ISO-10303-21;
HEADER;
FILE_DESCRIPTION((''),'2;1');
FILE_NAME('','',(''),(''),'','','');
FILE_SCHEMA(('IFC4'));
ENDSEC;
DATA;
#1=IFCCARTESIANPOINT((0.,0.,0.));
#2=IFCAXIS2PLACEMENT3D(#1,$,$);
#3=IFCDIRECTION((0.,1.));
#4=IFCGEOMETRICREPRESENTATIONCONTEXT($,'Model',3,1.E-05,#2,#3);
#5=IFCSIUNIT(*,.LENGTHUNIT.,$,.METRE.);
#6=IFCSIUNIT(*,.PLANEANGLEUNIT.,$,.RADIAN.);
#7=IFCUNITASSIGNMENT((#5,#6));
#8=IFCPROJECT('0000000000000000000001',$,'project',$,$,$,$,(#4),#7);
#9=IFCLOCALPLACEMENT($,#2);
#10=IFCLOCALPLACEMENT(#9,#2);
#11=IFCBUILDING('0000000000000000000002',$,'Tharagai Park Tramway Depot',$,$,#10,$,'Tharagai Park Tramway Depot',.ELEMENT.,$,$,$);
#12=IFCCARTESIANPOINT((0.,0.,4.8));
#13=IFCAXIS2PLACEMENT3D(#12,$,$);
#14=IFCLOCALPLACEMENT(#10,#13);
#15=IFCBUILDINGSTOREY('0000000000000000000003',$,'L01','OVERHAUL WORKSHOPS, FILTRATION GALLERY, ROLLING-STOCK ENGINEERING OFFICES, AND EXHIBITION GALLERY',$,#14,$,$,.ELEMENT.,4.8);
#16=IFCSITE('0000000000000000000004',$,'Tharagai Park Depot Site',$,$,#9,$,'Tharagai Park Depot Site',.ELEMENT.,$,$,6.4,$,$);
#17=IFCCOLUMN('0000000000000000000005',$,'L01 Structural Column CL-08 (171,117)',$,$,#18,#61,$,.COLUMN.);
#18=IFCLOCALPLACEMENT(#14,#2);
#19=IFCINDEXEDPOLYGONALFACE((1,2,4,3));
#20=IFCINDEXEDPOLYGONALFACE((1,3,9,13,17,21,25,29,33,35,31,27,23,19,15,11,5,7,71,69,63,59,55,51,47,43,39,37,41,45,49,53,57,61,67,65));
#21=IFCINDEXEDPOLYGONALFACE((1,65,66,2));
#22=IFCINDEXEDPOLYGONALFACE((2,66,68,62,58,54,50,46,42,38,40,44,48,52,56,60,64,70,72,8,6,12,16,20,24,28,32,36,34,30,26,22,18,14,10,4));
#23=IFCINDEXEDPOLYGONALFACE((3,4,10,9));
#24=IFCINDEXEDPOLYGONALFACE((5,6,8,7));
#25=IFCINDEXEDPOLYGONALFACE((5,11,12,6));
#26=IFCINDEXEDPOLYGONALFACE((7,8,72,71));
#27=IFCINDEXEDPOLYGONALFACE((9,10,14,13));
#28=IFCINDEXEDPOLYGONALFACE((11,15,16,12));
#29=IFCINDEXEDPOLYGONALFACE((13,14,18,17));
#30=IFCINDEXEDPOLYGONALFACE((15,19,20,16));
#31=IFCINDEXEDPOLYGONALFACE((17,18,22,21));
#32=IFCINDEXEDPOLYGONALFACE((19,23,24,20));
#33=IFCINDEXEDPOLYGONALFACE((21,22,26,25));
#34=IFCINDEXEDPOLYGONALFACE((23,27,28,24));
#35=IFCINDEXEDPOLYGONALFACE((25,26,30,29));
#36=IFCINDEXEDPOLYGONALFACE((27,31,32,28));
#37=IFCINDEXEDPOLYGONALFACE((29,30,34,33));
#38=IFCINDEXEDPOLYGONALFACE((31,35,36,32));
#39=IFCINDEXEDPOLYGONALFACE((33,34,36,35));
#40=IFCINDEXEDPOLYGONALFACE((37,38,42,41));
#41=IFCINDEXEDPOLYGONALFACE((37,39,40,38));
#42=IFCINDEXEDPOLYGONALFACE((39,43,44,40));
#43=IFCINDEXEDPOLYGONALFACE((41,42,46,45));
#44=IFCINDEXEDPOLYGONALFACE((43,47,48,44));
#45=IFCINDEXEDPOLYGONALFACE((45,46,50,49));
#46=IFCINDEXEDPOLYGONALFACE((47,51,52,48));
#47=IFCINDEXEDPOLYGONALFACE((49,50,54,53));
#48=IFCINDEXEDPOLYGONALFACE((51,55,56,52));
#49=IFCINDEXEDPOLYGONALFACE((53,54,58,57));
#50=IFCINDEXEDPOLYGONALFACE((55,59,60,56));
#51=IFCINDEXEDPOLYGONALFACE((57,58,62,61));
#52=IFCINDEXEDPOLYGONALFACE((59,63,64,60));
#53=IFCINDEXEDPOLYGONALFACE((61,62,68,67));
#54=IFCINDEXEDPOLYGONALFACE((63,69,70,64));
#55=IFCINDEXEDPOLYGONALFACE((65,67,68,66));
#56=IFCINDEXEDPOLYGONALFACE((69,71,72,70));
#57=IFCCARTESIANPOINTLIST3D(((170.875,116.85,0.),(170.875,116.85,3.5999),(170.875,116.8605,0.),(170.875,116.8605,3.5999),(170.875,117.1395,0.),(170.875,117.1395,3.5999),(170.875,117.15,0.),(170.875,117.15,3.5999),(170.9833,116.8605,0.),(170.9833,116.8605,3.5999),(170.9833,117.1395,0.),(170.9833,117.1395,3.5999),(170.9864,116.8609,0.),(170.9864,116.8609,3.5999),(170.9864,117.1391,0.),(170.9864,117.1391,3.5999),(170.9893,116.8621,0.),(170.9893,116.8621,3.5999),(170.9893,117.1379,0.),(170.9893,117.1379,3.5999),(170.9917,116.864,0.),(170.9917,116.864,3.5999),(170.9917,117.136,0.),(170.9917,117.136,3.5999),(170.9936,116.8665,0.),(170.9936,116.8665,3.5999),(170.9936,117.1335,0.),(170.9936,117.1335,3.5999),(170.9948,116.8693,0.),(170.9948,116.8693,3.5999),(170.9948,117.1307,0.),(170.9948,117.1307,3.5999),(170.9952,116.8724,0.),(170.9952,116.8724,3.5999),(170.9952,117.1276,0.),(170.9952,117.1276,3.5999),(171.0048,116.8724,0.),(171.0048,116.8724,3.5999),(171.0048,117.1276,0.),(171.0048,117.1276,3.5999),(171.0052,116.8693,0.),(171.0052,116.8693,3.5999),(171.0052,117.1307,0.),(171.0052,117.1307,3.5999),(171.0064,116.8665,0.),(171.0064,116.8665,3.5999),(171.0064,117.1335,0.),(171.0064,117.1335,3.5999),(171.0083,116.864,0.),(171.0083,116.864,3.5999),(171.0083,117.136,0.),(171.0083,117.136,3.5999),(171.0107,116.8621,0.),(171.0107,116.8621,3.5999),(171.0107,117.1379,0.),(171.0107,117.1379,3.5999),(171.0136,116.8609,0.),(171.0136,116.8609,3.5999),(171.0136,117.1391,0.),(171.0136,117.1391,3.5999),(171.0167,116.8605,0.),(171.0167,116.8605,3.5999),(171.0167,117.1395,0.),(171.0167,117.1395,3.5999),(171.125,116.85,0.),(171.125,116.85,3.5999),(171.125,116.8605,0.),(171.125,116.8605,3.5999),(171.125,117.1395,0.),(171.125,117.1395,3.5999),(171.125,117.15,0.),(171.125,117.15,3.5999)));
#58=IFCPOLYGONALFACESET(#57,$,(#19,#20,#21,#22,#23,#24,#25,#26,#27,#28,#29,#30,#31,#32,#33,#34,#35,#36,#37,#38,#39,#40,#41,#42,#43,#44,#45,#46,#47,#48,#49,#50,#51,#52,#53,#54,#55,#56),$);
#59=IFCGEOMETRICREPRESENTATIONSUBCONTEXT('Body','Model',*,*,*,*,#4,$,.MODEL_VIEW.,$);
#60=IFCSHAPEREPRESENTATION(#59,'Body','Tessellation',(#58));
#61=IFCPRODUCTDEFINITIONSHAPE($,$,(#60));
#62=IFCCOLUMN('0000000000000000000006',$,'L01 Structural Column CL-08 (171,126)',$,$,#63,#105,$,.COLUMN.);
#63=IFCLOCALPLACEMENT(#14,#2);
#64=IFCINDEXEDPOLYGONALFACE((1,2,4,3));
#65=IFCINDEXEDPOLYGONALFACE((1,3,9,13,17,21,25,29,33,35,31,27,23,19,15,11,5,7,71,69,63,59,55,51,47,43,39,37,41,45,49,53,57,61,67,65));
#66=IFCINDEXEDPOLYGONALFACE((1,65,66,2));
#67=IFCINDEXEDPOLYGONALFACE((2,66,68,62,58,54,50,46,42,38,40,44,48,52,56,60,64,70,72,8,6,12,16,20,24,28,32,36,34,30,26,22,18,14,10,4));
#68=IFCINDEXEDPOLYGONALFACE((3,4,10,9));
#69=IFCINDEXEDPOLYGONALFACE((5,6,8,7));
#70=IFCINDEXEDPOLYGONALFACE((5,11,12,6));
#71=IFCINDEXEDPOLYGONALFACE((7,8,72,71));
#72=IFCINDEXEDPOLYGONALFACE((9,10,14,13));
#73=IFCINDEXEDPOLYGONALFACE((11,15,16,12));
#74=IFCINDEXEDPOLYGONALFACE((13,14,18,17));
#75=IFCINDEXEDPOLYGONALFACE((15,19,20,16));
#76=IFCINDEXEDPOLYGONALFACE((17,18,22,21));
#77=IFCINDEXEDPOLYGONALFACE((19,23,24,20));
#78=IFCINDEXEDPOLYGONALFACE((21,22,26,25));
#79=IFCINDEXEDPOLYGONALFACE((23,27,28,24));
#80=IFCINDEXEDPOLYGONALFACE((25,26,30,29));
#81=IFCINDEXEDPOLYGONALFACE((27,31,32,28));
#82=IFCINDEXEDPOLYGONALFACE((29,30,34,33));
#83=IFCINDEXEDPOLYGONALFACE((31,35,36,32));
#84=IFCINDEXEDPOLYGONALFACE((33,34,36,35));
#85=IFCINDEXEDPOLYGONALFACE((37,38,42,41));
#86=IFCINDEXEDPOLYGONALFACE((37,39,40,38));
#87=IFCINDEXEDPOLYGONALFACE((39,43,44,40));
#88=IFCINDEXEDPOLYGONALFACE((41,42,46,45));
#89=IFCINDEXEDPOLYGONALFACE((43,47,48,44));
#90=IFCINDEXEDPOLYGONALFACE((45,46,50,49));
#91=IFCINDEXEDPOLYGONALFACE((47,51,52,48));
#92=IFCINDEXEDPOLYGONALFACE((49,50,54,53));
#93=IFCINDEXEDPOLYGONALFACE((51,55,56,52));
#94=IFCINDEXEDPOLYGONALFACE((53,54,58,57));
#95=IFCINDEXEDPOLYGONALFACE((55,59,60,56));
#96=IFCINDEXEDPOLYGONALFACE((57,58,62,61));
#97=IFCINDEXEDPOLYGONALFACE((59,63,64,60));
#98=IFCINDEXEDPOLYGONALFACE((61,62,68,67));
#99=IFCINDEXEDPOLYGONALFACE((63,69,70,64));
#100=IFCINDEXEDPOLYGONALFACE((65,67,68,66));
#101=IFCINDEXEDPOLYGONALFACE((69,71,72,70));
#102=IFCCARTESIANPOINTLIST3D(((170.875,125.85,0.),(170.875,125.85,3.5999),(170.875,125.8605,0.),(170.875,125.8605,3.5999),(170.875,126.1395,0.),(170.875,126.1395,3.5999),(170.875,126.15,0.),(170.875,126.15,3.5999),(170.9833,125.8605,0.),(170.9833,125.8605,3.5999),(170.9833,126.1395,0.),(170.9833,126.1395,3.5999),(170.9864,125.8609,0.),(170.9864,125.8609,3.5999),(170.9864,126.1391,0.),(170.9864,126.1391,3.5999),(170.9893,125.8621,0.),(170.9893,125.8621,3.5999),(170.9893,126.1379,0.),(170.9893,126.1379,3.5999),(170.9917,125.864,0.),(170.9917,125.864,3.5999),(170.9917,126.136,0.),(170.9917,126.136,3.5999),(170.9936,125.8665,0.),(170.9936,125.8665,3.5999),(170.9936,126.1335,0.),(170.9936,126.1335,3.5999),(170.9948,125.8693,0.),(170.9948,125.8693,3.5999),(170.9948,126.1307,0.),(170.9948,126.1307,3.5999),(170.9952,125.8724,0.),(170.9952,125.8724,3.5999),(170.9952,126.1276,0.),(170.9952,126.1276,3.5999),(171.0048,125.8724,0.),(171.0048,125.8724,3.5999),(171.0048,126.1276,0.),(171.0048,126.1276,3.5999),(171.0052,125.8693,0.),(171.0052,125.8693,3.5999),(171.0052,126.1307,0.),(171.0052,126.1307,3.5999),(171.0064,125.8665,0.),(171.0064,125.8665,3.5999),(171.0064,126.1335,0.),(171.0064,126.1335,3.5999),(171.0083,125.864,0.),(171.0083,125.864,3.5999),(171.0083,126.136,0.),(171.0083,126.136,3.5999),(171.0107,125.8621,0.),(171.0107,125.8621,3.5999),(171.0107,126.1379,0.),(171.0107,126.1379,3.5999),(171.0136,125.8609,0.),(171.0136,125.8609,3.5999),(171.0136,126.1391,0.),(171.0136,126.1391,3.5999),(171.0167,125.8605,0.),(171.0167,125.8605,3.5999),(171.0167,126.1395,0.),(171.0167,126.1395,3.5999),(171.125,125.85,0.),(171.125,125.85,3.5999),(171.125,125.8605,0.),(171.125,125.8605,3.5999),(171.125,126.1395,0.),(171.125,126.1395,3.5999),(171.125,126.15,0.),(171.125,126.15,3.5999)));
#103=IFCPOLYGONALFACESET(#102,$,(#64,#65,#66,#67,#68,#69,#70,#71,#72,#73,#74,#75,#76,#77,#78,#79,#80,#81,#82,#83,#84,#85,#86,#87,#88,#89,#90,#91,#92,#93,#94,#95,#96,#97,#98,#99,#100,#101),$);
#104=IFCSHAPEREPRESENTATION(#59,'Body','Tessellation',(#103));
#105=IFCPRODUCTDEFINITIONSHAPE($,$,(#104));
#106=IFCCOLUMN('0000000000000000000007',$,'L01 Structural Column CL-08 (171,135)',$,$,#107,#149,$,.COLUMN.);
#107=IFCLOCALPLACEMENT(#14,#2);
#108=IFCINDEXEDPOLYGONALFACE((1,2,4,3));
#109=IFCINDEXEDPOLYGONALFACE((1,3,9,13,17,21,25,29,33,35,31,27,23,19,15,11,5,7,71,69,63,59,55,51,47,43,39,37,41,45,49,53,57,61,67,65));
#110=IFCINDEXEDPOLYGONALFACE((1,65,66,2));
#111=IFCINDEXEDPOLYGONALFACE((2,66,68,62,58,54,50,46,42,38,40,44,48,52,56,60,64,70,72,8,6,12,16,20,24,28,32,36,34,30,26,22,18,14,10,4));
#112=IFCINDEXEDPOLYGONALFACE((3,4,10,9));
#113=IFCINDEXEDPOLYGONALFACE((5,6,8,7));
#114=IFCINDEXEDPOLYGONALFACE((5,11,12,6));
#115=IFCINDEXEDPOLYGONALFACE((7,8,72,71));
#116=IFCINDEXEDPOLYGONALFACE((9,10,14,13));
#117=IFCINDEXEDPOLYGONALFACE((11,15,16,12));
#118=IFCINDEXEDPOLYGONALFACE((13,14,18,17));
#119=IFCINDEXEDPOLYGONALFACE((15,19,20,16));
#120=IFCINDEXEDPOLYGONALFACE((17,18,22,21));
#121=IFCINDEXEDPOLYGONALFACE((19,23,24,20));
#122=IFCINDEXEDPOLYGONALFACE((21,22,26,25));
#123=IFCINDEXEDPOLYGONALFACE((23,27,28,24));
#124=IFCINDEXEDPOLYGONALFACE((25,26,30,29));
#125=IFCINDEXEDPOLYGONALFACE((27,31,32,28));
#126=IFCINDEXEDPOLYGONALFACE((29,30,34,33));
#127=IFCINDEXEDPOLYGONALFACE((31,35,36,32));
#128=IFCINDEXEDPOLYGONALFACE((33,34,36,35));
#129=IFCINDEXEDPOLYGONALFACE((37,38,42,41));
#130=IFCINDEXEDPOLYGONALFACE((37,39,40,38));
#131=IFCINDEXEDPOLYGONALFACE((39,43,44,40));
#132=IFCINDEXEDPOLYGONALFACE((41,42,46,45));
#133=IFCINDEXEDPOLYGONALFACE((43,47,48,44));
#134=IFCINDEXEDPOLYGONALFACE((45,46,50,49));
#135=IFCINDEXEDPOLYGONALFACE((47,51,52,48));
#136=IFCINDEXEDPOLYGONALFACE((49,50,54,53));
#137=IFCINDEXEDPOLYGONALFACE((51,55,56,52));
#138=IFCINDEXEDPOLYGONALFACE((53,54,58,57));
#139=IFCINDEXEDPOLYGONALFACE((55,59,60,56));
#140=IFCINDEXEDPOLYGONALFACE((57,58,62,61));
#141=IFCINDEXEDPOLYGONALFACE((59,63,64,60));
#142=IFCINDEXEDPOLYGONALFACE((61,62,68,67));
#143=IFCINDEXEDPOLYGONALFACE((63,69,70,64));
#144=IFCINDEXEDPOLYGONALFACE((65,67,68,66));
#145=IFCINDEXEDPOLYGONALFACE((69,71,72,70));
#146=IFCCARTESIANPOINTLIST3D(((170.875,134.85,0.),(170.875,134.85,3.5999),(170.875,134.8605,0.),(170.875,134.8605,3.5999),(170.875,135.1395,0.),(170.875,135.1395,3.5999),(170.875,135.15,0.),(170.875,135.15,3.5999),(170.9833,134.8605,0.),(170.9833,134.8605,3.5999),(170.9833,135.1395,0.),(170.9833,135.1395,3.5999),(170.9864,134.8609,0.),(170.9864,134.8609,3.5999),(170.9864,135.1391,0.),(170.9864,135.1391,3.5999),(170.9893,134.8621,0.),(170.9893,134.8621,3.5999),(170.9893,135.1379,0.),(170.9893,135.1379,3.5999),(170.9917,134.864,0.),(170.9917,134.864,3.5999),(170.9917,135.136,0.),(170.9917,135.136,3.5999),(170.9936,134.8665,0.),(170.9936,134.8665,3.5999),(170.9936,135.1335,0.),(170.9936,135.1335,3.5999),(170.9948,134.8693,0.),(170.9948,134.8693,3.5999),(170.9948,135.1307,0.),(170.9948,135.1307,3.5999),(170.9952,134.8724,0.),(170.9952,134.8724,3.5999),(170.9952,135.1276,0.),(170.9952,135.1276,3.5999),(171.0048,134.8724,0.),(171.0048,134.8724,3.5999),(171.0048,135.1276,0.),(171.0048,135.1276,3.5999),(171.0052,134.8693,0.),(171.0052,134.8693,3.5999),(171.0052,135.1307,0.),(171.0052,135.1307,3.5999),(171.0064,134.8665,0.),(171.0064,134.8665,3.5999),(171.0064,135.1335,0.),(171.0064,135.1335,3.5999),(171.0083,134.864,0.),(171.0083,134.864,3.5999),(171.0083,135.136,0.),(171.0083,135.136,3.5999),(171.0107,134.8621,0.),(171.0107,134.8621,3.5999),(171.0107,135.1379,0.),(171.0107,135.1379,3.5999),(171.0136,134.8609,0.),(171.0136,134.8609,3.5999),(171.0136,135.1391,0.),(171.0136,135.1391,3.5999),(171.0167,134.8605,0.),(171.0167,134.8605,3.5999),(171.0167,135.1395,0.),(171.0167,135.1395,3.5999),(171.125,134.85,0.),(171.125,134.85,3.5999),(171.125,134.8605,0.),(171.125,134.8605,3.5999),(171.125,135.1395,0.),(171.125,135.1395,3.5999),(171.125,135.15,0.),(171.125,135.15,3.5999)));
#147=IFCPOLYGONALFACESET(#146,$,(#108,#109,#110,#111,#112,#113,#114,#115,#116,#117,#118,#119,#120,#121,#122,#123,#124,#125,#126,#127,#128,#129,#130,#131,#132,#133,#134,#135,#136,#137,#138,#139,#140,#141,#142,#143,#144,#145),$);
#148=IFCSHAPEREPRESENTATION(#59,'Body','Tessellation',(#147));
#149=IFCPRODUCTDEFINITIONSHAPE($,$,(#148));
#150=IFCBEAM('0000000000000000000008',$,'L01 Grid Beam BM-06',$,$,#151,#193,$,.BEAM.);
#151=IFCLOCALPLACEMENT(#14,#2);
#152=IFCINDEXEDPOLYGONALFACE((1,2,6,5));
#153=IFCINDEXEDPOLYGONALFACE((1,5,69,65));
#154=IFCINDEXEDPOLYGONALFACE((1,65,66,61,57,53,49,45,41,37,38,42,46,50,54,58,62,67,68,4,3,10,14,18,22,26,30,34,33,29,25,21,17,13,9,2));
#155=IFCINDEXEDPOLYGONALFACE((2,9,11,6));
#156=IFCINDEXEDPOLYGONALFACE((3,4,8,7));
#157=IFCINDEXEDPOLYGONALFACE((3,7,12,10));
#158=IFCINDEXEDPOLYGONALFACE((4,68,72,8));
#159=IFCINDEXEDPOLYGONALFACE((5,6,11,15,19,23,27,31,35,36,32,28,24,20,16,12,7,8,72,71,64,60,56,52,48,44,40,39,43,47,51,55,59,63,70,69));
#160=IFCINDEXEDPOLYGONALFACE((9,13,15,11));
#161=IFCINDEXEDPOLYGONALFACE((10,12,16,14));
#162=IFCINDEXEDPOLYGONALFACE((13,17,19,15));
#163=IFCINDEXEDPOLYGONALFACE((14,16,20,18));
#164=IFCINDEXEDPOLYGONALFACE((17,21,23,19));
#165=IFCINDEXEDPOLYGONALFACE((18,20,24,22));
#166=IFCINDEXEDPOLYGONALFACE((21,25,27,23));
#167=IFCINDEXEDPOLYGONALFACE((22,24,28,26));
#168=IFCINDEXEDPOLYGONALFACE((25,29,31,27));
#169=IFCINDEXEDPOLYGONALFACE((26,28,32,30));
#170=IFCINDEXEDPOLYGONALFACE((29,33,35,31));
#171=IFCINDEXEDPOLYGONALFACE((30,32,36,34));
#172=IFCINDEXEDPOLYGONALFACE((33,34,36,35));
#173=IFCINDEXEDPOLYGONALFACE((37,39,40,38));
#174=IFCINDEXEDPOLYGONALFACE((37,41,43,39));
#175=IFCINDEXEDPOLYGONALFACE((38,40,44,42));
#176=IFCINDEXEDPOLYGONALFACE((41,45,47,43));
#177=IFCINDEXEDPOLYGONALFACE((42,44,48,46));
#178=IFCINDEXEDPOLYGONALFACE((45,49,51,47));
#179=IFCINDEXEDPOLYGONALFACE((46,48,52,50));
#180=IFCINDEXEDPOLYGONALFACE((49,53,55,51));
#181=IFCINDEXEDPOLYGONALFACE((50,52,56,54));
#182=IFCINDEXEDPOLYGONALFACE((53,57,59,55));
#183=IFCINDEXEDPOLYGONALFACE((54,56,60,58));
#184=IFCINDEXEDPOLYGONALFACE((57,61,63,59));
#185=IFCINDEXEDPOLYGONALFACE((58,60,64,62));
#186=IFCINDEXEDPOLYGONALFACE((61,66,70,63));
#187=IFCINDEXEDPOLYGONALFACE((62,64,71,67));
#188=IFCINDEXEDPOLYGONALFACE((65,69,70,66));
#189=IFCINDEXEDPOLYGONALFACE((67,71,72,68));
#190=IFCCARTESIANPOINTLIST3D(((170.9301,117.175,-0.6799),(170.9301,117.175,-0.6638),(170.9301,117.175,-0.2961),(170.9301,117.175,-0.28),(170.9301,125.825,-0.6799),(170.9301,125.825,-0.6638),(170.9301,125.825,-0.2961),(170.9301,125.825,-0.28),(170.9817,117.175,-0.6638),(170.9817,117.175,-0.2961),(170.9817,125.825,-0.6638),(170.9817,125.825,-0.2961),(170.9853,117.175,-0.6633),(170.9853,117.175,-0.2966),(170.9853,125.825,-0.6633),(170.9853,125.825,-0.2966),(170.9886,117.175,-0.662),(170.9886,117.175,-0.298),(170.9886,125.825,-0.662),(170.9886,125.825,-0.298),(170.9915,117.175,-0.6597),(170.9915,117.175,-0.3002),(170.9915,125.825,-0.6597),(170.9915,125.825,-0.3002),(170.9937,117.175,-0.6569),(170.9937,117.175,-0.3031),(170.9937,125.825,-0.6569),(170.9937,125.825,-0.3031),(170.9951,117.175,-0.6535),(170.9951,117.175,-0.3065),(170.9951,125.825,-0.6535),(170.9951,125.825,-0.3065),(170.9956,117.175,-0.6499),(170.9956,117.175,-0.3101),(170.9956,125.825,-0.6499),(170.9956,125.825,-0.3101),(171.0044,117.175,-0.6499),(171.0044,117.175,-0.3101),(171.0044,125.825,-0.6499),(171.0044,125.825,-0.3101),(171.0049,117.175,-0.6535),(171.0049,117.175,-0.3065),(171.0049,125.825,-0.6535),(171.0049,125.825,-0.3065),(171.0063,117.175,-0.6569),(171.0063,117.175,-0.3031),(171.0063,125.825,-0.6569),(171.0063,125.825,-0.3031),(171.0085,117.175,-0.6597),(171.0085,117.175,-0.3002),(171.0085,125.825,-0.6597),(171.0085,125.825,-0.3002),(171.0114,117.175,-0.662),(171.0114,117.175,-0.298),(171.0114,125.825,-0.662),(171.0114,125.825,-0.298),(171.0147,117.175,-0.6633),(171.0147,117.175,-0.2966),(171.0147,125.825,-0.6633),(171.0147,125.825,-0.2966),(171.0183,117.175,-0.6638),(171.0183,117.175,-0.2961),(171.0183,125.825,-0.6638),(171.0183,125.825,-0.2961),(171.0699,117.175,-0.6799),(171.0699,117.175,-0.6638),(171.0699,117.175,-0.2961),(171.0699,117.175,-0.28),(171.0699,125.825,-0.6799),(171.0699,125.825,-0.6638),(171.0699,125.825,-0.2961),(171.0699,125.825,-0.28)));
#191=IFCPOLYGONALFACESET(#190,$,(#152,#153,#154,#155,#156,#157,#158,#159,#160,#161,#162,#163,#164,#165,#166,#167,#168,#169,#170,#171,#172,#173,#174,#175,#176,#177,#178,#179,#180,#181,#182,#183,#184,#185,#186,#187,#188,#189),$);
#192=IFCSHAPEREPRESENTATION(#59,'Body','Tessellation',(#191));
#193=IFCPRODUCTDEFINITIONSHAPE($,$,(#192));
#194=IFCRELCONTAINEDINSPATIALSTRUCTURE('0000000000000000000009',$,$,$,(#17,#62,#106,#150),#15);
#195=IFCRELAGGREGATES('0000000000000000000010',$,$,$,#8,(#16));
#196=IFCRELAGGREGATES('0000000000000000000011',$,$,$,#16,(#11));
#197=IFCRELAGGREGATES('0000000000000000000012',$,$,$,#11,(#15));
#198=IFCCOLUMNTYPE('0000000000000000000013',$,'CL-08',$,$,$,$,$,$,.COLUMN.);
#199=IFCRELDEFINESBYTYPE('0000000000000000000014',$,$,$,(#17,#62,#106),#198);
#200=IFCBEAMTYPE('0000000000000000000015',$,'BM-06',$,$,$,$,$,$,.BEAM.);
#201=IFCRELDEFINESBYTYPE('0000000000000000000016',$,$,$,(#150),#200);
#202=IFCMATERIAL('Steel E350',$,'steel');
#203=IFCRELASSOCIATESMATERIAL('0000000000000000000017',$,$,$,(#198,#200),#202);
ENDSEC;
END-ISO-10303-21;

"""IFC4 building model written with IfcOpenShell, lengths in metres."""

from ifc_helpers import new_model, si_unit, direction, frame, origin, origin_2d, place, context, subcontext, project, spatial, i_section, extrude, material, material_profile, profile_set, type_object, element, save


model = new_model("IFC4")

# Units and contexts
model_context = context("Model", 3, precision=1e-05, world=origin(), true_north=direction((0.0, 1.0)))
body_context = subcontext(model_context, "Body", "Model", "MODEL_VIEW")
ifc_project = project(units=[si_unit("LENGTHUNIT", "METRE"), si_unit("PLANEANGLEUNIT", "RADIAN")], contexts=[model_context])

# Site, building, storey
site_placement = place(None, origin())
site = spatial("IfcSite", under=ifc_project, at=site_placement, Name="Tharagai Park Depot Site", LongName="Tharagai Park Depot Site", CompositionType="ELEMENT", RefElevation=6.4)
building_placement = place(site_placement, origin())
building = spatial("IfcBuilding", under=site, at=building_placement, Name="Tharagai Park Tramway Depot", LongName="Tharagai Park Tramway Depot", CompositionType="ELEMENT")
storey_placement = place(building_placement, frame((0.0, 0.0, 4.8)))
storey = spatial("IfcBuildingStorey", under=building, at=storey_placement, Name="L01", Description="OVERHAUL WORKSHOPS, FILTRATION GALLERY, ROLLING-STOCK ENGINEERING OFFICES, AND EXHIBITION GALLERY", CompositionType="ELEMENT", Elevation=4.8)

# Columns
ifc_material_1 = material(Name="Steel E350", Category="steel")
ifc_material_profile_1 = material_profile(ifc_material_1, i_section(OverallWidth=0.25, OverallDepth=0.3, WebThickness=0.0095, FlangeThickness=0.0105, FilletRadius=0.012, at=origin_2d()), Name="ISHB 300")
ifc_profile_set_1 = profile_set([ifc_material_profile_1], Name="Steel E350")
column_type = type_object("IfcColumnType", Name="CL-08", PredefinedType="COLUMN", material=ifc_profile_set_1)
for number, where, z_axis, x_axis, name in (
    (1, (171.0, 117.0, 0.0), (0.0, 0.0, 1.0), (1.0, 0.0, 0.0), "L01 Structural Column CL-08 (171,117)"),
    (2, (171.0, 126.0, 0.0), (0.0, 0.0, 1.0), (1.0, 0.0, 0.0), "L01 Structural Column CL-08 (171,126)"),
    (3, (171.0, 135.0, 0.0), (0.0, 0.0, 1.0), (1.0, 0.0, 0.0), "L01 Structural Column CL-08 (171,135)"),
):
    element("IfcColumn", number, at=place(storey_placement, frame(where, z_axis=z_axis, x_axis=x_axis)), inside=storey, type_object=column_type, Name=name, PredefinedType="COLUMN", context=body_context, shape_type="SweptSolid", body=[
        extrude(i_section(OverallWidth=0.25, OverallDepth=0.3, WebThickness=0.0095, FlangeThickness=0.0105, FilletRadius=0.012, at=origin_2d()), origin(), (0.0, 0.0, 1.0), 3.5999),
    ])

# Beam
ifc_material_profile_2 = material_profile(ifc_material_1, i_section(OverallWidth=0.1399, OverallDepth=0.3999, WebThickness=0.0088, FlangeThickness=0.0161, FilletRadius=0.0139, at=origin_2d()), Name="ISMB 400")
ifc_profile_set_2 = profile_set([ifc_material_profile_2], Name="Steel E350")
beam_type_1 = type_object("IfcBeamType", Name="BM-06", PredefinedType="BEAM", material=ifc_profile_set_2)
for number, where, z_axis, x_axis, name in (
    (4, (171.0, 117.175, -0.48), (0.0, 1.0, 0.0), (-1.0, 0.0, 0.0), "L01 Grid Beam BM-06"),
):
    element("IfcBeam", number, at=place(storey_placement, frame(where, z_axis=z_axis, x_axis=x_axis)), inside=storey, type_object=beam_type_1, Name=name, PredefinedType="BEAM", context=body_context, shape_type="SweptSolid", body=[
        extrude(i_section(OverallWidth=0.1399, OverallDepth=0.3999, WebThickness=0.0088, FlangeThickness=0.0161, FilletRadius=0.0139, at=origin_2d()), origin(), (0.0, 0.0, 1.0), 8.6499),
    ])

save(model, "model.ifc")
